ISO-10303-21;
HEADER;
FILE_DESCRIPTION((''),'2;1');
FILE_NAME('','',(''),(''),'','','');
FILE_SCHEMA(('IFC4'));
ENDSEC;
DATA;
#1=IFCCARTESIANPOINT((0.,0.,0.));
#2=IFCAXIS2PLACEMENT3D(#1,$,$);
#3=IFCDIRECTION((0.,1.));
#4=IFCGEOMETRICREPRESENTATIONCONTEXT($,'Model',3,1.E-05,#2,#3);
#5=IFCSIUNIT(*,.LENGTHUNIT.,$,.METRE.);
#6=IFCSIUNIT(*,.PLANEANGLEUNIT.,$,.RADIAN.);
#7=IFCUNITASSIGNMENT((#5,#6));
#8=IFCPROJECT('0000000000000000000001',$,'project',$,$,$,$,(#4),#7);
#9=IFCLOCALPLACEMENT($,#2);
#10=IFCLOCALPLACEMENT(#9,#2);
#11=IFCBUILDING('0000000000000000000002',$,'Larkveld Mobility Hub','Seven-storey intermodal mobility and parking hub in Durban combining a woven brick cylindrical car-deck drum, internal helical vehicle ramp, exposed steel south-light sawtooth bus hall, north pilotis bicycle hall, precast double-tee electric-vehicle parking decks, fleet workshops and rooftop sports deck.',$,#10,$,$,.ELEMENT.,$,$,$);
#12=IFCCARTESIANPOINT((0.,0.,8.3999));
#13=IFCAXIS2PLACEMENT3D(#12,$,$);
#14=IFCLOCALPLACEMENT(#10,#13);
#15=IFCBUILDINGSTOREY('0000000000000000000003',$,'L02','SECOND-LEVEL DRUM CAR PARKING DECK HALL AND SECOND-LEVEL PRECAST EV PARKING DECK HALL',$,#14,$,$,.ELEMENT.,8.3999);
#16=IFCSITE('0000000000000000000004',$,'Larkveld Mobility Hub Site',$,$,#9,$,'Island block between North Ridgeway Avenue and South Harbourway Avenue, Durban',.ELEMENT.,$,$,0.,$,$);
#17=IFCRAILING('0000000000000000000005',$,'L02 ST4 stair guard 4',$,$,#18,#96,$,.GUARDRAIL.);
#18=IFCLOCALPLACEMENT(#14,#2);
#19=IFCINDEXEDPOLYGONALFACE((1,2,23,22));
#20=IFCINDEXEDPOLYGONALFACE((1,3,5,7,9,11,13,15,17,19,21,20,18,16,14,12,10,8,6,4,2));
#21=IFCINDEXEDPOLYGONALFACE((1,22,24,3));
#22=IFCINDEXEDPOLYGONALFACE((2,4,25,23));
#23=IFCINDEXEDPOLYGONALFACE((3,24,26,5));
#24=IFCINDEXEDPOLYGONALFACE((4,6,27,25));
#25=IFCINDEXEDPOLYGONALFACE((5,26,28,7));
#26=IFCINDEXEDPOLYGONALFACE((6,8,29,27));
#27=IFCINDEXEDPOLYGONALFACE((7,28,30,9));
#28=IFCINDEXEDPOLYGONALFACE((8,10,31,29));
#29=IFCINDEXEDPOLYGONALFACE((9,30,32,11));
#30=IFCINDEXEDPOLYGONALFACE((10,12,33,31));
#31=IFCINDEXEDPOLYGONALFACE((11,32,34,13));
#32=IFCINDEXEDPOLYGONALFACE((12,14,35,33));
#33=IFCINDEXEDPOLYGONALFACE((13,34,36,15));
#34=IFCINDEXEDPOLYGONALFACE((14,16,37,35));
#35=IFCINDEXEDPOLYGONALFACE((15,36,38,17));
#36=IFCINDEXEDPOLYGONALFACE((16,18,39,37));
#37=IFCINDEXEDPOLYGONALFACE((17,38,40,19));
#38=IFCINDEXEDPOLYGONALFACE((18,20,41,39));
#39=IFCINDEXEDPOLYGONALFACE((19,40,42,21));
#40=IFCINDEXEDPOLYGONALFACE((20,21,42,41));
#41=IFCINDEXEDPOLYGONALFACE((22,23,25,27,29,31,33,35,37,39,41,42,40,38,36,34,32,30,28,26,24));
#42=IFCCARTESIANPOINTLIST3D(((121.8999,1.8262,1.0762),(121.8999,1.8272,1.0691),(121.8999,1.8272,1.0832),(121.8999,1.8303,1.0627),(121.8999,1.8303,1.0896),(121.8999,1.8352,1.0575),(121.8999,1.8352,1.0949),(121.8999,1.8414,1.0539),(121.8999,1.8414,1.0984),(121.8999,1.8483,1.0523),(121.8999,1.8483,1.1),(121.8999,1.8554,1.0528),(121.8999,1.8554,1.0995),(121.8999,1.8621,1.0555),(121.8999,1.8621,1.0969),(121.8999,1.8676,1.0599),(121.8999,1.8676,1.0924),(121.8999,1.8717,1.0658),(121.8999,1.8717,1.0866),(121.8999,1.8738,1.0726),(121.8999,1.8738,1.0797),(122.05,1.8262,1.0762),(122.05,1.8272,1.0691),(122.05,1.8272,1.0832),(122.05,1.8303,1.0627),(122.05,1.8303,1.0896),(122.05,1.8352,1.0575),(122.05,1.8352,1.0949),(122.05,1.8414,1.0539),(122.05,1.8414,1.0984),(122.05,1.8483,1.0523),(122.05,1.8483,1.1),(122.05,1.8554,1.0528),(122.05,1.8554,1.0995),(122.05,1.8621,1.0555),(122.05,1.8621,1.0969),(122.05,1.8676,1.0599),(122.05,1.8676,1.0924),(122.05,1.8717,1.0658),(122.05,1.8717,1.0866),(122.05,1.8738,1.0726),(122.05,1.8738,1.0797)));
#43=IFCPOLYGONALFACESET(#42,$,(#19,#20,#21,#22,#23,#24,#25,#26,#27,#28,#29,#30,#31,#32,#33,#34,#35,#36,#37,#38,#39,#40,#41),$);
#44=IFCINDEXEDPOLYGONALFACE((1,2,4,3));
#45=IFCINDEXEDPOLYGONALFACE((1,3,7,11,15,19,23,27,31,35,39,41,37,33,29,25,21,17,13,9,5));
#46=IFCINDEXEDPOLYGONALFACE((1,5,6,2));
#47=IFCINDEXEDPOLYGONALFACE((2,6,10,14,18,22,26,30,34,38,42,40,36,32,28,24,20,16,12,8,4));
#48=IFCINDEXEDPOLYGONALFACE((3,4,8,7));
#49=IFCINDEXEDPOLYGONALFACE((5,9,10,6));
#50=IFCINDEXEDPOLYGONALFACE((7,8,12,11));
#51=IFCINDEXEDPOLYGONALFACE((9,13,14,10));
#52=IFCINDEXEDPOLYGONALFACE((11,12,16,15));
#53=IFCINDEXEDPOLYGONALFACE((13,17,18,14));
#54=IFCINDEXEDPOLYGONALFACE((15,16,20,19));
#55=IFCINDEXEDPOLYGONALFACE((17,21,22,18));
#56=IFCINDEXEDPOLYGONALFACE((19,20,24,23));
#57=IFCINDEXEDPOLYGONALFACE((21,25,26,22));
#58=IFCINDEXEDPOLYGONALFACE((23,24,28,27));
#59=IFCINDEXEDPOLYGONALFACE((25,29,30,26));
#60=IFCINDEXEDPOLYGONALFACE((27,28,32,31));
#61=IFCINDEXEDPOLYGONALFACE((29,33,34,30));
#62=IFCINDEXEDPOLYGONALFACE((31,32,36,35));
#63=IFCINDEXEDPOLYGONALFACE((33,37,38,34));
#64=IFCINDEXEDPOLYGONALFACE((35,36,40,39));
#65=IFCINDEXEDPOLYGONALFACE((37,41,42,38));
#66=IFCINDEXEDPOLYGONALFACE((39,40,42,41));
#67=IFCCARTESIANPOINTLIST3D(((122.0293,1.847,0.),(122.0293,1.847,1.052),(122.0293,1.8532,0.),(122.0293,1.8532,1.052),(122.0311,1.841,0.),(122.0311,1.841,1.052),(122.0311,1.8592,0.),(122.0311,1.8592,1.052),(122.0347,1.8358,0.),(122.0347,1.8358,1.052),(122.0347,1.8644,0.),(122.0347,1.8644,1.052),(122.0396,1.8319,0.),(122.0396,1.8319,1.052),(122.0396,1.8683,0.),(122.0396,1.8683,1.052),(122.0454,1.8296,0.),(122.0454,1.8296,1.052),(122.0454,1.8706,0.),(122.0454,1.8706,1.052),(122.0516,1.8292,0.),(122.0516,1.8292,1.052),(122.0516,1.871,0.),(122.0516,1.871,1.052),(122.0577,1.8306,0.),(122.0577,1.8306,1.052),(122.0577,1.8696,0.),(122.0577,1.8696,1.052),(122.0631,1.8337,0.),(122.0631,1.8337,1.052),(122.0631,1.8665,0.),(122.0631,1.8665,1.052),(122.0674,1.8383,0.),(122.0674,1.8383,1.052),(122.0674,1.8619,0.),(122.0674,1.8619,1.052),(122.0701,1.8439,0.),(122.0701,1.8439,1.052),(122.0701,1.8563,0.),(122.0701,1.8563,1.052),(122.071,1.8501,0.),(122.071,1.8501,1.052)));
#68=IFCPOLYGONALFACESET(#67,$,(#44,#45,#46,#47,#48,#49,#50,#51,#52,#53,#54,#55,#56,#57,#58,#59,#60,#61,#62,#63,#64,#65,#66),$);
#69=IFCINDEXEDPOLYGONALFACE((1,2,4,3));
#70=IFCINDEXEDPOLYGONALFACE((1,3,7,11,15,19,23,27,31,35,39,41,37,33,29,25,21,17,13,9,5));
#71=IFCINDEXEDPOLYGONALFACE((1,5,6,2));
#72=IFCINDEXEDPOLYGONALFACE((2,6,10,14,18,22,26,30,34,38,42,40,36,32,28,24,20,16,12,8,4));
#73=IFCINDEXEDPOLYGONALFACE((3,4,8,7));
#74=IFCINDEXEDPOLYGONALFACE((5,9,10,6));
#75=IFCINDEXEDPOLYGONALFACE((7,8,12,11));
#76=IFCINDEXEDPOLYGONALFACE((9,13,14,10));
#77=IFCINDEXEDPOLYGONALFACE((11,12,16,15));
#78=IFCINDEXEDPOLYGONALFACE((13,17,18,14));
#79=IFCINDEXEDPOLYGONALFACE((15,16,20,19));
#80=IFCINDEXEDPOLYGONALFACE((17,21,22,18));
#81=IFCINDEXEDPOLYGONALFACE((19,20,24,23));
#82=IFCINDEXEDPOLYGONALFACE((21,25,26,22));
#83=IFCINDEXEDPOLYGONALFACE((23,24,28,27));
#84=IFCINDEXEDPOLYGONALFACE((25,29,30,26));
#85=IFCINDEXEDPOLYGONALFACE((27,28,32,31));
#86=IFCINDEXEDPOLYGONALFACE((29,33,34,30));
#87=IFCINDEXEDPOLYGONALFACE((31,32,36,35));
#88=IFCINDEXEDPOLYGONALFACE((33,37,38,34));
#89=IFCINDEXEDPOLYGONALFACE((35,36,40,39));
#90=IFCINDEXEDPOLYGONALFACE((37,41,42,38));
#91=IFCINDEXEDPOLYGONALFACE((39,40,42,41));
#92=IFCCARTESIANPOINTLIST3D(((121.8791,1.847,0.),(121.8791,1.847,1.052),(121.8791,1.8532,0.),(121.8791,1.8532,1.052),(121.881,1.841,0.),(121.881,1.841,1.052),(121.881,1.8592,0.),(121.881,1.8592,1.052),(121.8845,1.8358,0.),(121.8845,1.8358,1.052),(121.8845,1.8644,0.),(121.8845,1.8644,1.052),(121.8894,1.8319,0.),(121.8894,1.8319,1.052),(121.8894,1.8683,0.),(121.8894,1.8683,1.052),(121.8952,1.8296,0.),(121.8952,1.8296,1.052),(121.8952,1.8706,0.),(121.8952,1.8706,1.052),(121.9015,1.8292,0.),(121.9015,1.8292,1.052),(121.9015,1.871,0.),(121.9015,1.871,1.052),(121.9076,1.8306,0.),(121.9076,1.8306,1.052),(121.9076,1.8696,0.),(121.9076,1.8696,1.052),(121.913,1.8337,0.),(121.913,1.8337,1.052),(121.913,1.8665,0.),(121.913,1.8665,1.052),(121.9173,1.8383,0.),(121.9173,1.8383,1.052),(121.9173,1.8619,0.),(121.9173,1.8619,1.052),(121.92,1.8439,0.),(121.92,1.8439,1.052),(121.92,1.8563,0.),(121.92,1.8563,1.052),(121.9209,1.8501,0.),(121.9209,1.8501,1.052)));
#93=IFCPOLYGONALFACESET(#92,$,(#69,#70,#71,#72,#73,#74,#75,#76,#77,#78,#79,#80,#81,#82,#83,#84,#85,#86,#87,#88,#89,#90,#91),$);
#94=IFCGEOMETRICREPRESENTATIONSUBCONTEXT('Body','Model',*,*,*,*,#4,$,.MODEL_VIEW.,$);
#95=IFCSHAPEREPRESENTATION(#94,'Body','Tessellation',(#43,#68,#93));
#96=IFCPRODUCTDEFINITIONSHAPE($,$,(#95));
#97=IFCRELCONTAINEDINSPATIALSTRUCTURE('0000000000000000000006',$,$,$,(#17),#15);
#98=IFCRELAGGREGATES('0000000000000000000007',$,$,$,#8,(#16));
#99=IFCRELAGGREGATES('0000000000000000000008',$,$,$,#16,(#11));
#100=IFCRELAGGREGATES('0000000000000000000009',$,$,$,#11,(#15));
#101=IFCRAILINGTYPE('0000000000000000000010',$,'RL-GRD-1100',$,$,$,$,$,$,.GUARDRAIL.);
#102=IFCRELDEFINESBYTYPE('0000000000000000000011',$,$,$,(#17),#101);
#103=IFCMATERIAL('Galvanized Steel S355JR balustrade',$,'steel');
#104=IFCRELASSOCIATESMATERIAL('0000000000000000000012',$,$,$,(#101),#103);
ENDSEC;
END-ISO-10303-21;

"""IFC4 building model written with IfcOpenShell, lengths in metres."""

from ifc_helpers import new_model, si_unit, direction, frame, origin, origin_2d, place, context, subcontext, project, spatial, circle, extrude, material, type_object, element, save


model = new_model("IFC4")

# Units and contexts
model_context = context("Model", 3, precision=1e-05, world=origin(), true_north=direction((0.0, 1.0)))
body_context = subcontext(model_context, "Body", "Model", "MODEL_VIEW")
ifc_project = project(units=[si_unit("LENGTHUNIT", "METRE"), si_unit("PLANEANGLEUNIT", "RADIAN")], contexts=[model_context])

# Site, building, storey
site_placement = place(None, origin())
site = spatial("IfcSite", under=ifc_project, at=site_placement, Name="Larkveld Mobility Hub Site", LongName="Island block between North Ridgeway Avenue and South Harbourway Avenue, Durban", CompositionType="ELEMENT", RefElevation=0.0)
building_placement = place(site_placement, origin())
building = spatial("IfcBuilding", under=site, at=building_placement, Name="Larkveld Mobility Hub", Description="Seven-storey intermodal mobility and parking hub in Durban combining a woven brick cylindrical car-deck drum, internal helical vehicle ramp, exposed steel south-light sawtooth bus hall, north pilotis bicycle hall, precast double-tee electric-vehicle parking decks, fleet workshops and rooftop sports deck.", CompositionType="ELEMENT")
storey_placement = place(building_placement, frame((0.0, 0.0, 8.3999)))
storey = spatial("IfcBuildingStorey", under=building, at=storey_placement, Name="L02", Description="SECOND-LEVEL DRUM CAR PARKING DECK HALL AND SECOND-LEVEL PRECAST EV PARKING DECK HALL", CompositionType="ELEMENT", Elevation=8.3999)

# Railing
ifc_material_1 = material(Name="Galvanized Steel S355JR balustrade", Category="steel")
railing_type_1 = type_object("IfcRailingType", Name="RL-GRD-1100", PredefinedType="GUARDRAIL", material=ifc_material_1)
railing_1_placement = place(storey_placement, frame((122.05, 1.8501, 0.0)))
element("IfcRailing", 1, at=railing_1_placement, inside=storey, type_object=railing_type_1, Name="L02 ST4 stair guard 4", PredefinedType="GUARDRAIL", context=body_context, shape_type="SweptSolid", body=[
    extrude(circle(Radius=0.0239, at=origin_2d()), frame((0.0, 0.0, 1.0762), z_axis=(-1.0, 0.0, 0.0), x_axis=(0.0, -1.0, 0.0)), (0.0, 0.0, 1.0), 0.1501),
    extrude(circle(Radius=0.021, at=origin_2d()), origin(), (0.0, 0.0, 1.0), 1.052),
    extrude(circle(Radius=0.021, at=origin_2d()), frame((-0.1501, 0.0, 0.0)), (0.0, 0.0, 1.0), 1.052),
])

save(model, "model.ifc")
